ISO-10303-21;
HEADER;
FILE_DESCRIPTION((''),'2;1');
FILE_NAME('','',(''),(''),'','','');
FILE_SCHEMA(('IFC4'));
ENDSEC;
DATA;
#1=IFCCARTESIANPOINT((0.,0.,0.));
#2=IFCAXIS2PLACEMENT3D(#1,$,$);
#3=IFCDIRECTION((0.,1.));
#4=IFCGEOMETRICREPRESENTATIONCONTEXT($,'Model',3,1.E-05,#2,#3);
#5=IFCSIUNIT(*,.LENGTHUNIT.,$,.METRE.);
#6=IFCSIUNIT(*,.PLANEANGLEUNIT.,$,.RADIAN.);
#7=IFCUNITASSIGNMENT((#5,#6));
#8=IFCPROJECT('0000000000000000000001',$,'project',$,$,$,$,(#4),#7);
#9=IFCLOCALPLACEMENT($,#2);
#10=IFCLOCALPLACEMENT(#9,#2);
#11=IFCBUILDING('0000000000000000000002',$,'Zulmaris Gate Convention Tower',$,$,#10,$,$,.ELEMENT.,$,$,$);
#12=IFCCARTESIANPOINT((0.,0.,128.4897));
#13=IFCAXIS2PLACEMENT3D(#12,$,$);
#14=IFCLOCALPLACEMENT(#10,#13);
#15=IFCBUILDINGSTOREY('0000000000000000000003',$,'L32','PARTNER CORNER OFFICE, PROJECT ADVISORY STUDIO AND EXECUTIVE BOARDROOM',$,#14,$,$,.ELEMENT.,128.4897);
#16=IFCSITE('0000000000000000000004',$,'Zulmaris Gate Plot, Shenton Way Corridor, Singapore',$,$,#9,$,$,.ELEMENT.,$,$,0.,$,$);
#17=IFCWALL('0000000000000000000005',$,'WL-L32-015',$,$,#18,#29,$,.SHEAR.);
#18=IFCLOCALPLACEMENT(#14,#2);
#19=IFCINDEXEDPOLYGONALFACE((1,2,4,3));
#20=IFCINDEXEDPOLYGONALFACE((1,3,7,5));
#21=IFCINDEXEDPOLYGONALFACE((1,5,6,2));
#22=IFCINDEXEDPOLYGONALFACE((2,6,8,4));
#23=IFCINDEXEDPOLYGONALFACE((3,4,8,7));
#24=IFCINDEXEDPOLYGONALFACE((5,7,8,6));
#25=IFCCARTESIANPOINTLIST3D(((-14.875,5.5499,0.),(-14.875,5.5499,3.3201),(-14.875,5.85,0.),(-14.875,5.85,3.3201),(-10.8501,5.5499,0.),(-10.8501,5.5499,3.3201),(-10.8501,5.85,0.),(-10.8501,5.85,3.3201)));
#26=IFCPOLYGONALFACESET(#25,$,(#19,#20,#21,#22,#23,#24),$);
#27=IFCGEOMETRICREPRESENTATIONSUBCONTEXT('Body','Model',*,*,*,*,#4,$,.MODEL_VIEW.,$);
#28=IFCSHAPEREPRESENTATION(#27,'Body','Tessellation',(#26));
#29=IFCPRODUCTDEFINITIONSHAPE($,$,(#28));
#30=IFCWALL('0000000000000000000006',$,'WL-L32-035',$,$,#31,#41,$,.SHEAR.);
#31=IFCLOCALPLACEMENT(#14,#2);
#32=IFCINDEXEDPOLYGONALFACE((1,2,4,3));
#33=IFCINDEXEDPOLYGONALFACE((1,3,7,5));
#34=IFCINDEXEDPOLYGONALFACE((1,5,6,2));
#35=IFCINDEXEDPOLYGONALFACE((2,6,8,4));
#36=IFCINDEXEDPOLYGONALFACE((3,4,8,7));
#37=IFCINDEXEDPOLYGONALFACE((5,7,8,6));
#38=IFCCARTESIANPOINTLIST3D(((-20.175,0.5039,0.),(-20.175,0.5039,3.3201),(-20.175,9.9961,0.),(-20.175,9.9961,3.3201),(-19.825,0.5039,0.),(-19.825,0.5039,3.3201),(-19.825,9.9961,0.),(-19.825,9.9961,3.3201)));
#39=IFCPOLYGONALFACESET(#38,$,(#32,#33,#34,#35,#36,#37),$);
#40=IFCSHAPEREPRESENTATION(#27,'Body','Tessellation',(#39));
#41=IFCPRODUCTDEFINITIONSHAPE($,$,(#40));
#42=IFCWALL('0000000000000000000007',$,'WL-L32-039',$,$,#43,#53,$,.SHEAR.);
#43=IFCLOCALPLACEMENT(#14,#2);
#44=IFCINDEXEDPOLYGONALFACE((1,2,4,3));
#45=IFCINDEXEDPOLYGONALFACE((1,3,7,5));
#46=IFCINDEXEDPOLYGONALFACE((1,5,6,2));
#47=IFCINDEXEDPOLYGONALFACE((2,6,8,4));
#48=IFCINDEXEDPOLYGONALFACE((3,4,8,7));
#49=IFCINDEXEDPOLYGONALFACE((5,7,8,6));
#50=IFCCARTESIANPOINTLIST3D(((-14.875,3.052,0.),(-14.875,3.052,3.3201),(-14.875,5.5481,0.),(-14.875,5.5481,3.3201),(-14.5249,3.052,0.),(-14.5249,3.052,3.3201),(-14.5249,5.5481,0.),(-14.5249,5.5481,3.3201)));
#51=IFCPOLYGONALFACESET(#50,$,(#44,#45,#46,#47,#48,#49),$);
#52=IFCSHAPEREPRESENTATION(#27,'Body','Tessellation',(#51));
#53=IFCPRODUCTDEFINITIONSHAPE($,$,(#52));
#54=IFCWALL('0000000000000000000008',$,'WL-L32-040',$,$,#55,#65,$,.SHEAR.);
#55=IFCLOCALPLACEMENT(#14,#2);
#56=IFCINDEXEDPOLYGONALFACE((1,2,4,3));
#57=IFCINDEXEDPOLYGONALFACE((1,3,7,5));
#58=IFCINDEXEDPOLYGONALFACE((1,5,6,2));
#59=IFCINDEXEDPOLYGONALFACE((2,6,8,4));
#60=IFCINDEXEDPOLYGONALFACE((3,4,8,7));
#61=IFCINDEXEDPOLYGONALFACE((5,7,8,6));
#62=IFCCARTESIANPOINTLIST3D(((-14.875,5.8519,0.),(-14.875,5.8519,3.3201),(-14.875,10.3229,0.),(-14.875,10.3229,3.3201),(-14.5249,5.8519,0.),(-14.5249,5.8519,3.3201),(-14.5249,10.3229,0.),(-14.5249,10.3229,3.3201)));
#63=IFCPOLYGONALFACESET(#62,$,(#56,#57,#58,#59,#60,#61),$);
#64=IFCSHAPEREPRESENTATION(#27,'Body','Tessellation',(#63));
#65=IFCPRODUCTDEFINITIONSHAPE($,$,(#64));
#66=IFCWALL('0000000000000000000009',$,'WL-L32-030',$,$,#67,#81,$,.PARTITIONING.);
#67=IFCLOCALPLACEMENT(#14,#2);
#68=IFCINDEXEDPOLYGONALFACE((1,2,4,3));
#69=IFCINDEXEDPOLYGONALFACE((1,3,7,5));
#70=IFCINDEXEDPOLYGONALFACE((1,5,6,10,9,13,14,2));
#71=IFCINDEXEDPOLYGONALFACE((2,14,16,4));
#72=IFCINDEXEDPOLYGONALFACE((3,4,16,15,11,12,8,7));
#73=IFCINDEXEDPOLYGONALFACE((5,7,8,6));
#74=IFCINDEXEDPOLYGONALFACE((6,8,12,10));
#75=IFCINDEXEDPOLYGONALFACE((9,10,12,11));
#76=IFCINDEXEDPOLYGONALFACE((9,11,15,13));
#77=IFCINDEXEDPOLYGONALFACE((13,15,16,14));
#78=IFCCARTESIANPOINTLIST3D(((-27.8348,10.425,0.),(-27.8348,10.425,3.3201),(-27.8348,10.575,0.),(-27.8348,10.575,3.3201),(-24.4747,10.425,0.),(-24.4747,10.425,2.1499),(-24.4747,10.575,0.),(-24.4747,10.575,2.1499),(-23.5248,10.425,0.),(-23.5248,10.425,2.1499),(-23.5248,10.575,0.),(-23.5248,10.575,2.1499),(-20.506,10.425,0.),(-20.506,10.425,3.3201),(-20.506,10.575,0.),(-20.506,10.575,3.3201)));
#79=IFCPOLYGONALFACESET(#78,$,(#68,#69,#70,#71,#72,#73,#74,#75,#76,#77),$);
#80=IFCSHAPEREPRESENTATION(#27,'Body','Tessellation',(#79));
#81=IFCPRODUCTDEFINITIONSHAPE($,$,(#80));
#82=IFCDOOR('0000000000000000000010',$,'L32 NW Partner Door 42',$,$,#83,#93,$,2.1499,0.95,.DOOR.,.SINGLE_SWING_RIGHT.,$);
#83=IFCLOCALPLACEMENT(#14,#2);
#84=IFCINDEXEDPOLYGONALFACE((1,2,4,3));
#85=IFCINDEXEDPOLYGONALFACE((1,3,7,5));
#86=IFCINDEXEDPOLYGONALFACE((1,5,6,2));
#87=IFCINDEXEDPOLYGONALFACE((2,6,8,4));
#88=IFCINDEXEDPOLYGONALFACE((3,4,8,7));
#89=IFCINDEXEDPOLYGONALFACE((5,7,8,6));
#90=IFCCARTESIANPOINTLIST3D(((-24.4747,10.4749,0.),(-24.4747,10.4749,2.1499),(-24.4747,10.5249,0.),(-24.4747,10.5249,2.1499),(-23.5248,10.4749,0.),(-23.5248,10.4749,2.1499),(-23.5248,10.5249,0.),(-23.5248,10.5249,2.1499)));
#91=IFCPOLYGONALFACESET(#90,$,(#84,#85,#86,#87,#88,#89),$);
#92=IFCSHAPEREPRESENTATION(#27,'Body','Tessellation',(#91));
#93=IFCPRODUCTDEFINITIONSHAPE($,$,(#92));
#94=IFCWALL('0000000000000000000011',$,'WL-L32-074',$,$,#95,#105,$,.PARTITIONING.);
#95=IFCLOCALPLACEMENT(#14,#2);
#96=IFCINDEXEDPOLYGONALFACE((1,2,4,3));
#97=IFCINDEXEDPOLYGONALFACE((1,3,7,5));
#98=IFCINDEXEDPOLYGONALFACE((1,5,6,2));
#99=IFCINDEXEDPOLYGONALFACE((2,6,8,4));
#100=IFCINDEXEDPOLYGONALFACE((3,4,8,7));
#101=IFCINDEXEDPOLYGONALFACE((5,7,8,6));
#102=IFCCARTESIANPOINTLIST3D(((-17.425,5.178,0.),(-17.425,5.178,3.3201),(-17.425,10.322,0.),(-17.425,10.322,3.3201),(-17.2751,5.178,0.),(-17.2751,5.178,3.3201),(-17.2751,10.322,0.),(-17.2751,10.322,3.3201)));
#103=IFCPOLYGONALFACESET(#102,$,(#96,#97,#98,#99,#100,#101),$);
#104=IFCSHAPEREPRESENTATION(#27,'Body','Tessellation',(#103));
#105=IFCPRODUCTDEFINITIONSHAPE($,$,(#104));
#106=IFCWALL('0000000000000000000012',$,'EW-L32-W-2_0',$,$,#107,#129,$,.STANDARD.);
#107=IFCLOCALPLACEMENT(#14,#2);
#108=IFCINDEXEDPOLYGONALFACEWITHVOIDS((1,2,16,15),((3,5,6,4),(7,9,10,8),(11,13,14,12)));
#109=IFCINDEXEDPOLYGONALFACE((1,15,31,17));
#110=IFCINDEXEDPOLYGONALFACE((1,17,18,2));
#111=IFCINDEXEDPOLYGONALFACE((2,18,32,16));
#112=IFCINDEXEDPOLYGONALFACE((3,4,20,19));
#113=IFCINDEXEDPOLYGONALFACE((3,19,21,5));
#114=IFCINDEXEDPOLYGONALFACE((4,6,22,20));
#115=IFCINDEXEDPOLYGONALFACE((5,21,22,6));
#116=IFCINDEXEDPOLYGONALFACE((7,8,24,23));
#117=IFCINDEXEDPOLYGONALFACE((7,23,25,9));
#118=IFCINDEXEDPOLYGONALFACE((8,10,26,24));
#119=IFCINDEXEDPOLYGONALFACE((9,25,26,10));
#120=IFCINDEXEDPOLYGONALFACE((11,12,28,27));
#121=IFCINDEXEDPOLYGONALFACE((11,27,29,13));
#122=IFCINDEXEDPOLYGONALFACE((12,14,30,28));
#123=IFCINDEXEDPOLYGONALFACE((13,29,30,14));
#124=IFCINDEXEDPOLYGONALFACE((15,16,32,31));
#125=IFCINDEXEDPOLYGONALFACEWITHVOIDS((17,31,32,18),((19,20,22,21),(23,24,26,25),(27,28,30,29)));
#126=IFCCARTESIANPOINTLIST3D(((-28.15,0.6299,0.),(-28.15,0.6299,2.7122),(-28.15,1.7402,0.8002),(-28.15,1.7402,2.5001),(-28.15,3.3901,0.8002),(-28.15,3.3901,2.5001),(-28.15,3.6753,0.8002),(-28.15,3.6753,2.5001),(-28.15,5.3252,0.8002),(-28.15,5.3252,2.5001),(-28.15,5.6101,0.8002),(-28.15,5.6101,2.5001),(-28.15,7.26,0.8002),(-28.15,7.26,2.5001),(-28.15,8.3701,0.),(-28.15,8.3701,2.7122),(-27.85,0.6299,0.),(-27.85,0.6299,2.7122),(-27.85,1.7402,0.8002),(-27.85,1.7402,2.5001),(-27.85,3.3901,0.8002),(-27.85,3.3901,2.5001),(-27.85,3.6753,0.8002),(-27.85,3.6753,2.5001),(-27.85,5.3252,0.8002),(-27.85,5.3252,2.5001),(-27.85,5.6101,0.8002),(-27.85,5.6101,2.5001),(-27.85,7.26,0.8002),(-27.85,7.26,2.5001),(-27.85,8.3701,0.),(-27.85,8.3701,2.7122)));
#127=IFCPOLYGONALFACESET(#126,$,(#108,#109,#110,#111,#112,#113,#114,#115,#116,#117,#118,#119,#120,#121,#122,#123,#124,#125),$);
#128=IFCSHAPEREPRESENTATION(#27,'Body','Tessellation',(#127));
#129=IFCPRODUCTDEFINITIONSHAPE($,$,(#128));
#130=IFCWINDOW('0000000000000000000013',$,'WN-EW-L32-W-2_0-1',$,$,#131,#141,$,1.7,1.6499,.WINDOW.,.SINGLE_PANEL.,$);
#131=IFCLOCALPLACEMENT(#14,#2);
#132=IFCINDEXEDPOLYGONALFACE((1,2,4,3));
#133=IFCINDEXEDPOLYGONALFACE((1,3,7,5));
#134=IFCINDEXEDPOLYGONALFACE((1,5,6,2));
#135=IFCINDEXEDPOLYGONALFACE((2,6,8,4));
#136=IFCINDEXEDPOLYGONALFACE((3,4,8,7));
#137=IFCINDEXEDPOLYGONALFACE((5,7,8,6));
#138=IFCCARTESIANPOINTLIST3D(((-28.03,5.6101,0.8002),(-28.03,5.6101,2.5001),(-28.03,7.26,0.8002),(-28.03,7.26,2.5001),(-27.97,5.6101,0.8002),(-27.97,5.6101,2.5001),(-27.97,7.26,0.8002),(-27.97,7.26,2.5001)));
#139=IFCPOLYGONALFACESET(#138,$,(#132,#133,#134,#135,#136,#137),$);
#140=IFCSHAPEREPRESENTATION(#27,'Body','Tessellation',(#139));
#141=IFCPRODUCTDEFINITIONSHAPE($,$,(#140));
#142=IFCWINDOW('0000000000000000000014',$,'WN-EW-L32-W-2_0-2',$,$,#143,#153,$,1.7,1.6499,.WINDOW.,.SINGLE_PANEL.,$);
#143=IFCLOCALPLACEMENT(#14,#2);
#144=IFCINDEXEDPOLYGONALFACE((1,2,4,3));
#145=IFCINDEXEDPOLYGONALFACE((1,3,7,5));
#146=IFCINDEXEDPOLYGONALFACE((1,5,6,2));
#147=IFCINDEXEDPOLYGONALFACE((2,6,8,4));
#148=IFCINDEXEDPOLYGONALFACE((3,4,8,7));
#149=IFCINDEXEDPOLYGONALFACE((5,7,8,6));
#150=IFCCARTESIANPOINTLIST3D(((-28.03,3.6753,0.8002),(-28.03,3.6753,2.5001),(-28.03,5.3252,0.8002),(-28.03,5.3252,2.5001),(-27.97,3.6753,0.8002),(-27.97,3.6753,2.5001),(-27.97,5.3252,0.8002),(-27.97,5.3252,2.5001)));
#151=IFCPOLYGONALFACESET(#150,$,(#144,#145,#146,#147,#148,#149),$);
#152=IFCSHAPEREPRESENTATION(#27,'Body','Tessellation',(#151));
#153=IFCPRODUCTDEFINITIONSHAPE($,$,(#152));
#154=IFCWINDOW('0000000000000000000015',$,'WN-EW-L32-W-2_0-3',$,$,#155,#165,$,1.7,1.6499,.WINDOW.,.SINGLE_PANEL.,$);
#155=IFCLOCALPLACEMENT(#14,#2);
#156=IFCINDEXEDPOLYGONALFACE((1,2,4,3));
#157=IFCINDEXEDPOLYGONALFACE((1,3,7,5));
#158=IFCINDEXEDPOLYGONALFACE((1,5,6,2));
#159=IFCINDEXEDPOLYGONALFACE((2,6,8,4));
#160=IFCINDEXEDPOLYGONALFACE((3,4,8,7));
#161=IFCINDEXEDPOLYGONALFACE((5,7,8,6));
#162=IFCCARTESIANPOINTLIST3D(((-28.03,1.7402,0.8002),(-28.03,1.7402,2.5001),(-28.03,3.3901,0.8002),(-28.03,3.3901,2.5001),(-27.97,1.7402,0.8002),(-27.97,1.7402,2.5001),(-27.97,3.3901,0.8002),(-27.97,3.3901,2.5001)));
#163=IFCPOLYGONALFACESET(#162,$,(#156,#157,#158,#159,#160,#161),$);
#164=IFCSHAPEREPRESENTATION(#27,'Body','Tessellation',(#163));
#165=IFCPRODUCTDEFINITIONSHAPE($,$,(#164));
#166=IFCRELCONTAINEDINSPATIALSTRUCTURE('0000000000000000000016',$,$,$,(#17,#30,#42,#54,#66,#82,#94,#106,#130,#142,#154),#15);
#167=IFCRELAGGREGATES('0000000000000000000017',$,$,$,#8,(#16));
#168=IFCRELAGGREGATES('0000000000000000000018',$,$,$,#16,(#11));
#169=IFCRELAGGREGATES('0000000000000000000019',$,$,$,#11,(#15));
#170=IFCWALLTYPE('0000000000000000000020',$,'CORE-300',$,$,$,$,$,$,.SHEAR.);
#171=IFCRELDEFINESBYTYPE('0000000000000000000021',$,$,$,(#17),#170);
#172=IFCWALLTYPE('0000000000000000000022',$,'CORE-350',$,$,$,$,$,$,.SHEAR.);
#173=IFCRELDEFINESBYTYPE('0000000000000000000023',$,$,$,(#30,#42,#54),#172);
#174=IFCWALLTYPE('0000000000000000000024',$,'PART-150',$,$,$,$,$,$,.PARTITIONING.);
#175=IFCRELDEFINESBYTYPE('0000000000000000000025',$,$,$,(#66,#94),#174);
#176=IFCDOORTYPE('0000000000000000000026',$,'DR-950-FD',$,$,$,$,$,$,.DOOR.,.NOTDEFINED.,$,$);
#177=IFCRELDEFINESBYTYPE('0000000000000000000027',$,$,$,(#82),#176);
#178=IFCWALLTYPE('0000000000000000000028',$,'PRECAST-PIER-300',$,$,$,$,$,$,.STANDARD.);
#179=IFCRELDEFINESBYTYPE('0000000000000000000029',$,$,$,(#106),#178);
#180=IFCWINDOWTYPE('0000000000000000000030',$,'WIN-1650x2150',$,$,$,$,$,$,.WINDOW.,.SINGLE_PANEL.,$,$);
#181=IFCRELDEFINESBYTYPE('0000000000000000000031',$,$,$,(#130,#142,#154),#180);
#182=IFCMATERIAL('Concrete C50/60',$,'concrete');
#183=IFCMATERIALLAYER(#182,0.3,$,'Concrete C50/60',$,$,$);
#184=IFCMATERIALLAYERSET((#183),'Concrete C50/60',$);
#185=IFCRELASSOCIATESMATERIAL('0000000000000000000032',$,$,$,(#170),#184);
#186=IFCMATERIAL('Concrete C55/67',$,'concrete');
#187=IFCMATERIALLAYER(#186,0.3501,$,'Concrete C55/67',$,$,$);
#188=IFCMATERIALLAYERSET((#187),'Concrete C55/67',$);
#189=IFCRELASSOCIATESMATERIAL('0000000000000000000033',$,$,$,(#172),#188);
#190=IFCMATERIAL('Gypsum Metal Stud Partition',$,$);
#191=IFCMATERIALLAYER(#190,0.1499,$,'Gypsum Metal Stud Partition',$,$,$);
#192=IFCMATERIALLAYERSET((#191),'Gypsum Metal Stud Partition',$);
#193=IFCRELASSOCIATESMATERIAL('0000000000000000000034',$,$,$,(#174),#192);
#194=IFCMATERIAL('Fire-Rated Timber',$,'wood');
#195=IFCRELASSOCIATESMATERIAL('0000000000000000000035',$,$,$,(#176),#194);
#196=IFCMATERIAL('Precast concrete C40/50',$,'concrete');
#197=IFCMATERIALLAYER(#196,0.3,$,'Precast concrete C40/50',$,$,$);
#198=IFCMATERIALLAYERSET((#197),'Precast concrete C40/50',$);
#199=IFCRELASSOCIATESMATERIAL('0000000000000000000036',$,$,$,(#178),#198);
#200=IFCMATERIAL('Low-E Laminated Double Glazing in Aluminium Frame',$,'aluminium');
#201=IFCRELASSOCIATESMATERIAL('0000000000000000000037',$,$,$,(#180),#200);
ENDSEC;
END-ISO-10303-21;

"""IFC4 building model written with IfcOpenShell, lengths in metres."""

from ifc_helpers import new_model, si_unit, direction, frame, frame_2d, origin, place, context, subcontext, project, spatial, rectangle, extrude, material, layer, layer_set, type_object, element, fill, save


model = new_model("IFC4")

# Units and contexts
model_context = context("Model", 3, precision=1e-05, world=origin(), true_north=direction((0.0, 1.0)))
body_context = subcontext(model_context, "Body", "Model", "MODEL_VIEW")
ifc_project = project(units=[si_unit("LENGTHUNIT", "METRE"), si_unit("PLANEANGLEUNIT", "RADIAN")], contexts=[model_context])

# Site, building, storey
site_placement = place(None, origin())
site = spatial("IfcSite", under=ifc_project, at=site_placement, Name="Zulmaris Gate Plot, Shenton Way Corridor, Singapore", CompositionType="ELEMENT", RefElevation=0.0)
building_placement = place(site_placement, origin())
building = spatial("IfcBuilding", under=site, at=building_placement, Name="Zulmaris Gate Convention Tower", CompositionType="ELEMENT")
storey_placement = place(building_placement, frame((0.0, 0.0, 128.4897)))
storey = spatial("IfcBuildingStorey", under=building, at=storey_placement, Name="L32", Description="PARTNER CORNER OFFICE, PROJECT ADVISORY STUDIO AND EXECUTIVE BOARDROOM", CompositionType="ELEMENT", Elevation=128.4897)

# Shared definitions
ifc_material_1 = material(Name="Concrete C50/60", Category="concrete")

# Shared definitions
ifc_layer_1 = layer(ifc_material_1, 0.3, Name="Concrete C50/60")
ifc_layer_set_1 = layer_set([ifc_layer_1], Name="Concrete C50/60")
wall_type_1 = type_object("IfcWallType", Name="CORE-300", PredefinedType="SHEAR", material=ifc_layer_set_1)

# Wall
wall_1_placement = place(storey_placement, frame((-14.875, 5.7, 0.0), z_axis=(0.0, 0.0, 1.0), x_axis=(1.0, 0.0, 0.0)))
element("IfcWall", 1, at=wall_1_placement, inside=storey, type_object=wall_type_1, Name="WL-L32-015", PredefinedType="SHEAR", context=body_context, shape_type="SweptSolid", body=[
    extrude(rectangle(XDim=4.0249, YDim=0.3, at=frame_2d((2.0125, 0.0))), origin(), (0.0, 0.0, 1.0), 3.3201),
])

# Walls
ifc_material_2 = material(Name="Concrete C55/67", Category="concrete")
ifc_layer_2 = layer(ifc_material_2, 0.3501, Name="Concrete C55/67")
ifc_layer_set_2 = layer_set([ifc_layer_2], Name="Concrete C55/67")
wall_type_2 = type_object("IfcWallType", Name="CORE-350", PredefinedType="SHEAR", material=ifc_layer_set_2)
wall_2_placement = place(storey_placement, frame((-20.0, 0.5039, 0.0), z_axis=(0.0, 0.0, 1.0), x_axis=(0.0, 1.0, 0.0)))
element("IfcWall", 2, at=wall_2_placement, inside=storey, type_object=wall_type_2, Name="WL-L32-035", PredefinedType="SHEAR", context=body_context, shape_type="SweptSolid", body=[
    extrude(rectangle(XDim=9.4922, YDim=0.3501, at=frame_2d((4.7461, 0.0))), origin(), (0.0, 0.0, 1.0), 3.3201),
])
wall_3_placement = place(storey_placement, frame((-14.7, 3.052, 0.0), z_axis=(0.0, 0.0, 1.0), x_axis=(0.0, 1.0, 0.0)))
element("IfcWall", 3, at=wall_3_placement, inside=storey, type_object=wall_type_2, Name="WL-L32-039", PredefinedType="SHEAR", context=body_context, shape_type="SweptSolid", body=[
    extrude(rectangle(XDim=2.4961, YDim=0.3501, at=frame_2d((1.248, 0.0))), origin(), (0.0, 0.0, 1.0), 3.3201),
])
wall_4_placement = place(storey_placement, frame((-14.7, 5.8521, 0.0), z_axis=(0.0, 0.0, 1.0), x_axis=(0.0, 1.0, 0.0)))
element("IfcWall", 4, at=wall_4_placement, inside=storey, type_object=wall_type_2, Name="WL-L32-040", PredefinedType="SHEAR", context=body_context, shape_type="SweptSolid", body=[
    extrude(rectangle(XDim=4.4709, YDim=0.3501, at=frame_2d((2.2354, 0.0))), origin(), (0.0, 0.0, 1.0), 3.3201),
])

# Wall, opening, door
ifc_material_3 = material(Name="Gypsum Metal Stud Partition")
ifc_layer_3 = layer(ifc_material_3, 0.1499, Name="Gypsum Metal Stud Partition")
ifc_layer_set_3 = layer_set([ifc_layer_3], Name="Gypsum Metal Stud Partition")
wall_type_3 = type_object("IfcWallType", Name="PART-150", PredefinedType="PARTITIONING", material=ifc_layer_set_3)
ifc_material_4 = material(Name="Fire-Rated Timber", Category="wood")
door_type_1 = type_object("IfcDoorType", Name="DR-950-FD", OperationType="NOTDEFINED", PredefinedType="DOOR", material=ifc_material_4)
wall_5_placement = place(storey_placement, frame((-27.835, 10.5, 0.0), z_axis=(0.0, 0.0, 1.0), x_axis=(1.0, 0.0, 0.0)))
wall_5 = element("IfcWall", 5, at=wall_5_placement, inside=storey, type_object=wall_type_3, Name="WL-L32-030", PredefinedType="PARTITIONING", context=body_context, shape_type="SweptSolid", body=[
    extrude(rectangle(XDim=7.3289, YDim=0.1499, at=frame_2d((3.6646, 0.0))), origin(), (0.0, 0.0, 1.0), 3.3201),
])
opening_1_placement = place(wall_5_placement, frame((3.3601, 0.0, 0.0)))
opening_1 = element("IfcOpeningElement", 6, at=opening_1_placement, cuts=wall_5, PredefinedType="OPENING", context=body_context, shape_type="SweptSolid", body=[
    extrude(rectangle(XDim=0.95, YDim=2.1499, at=frame_2d((0.4751, 1.075))), frame((0.0, 0.085, 0.0), z_axis=(0.0, -1.0, 0.0), x_axis=(1.0, 0.0, 0.0)), (0.0, 0.0, 1.0), 0.1699),
])
door_1_placement = place(opening_1_placement, origin())
door_1 = element("IfcDoor", 7, at=door_1_placement, inside=storey, type_object=door_type_1, Name="L32 NW Partner Door 42", OperationType="SINGLE_SWING_RIGHT", OverallHeight=2.1499, OverallWidth=0.95, PredefinedType="DOOR", context=body_context, shape_type="SweptSolid", body=[
    extrude(rectangle(XDim=0.95, YDim=2.1499, at=frame_2d((0.4751, 1.075))), frame((0.0, 0.0249, 0.0), z_axis=(0.0, -1.0, 0.0), x_axis=(1.0, 0.0, 0.0)), (0.0, 0.0, 1.0), 0.05),
])
fill(opening_1, door_1)

# Wall
wall_6_placement = place(storey_placement, frame((-17.3501, 5.178, 0.0), z_axis=(0.0, 0.0, 1.0), x_axis=(0.0, 1.0, 0.0)))
element("IfcWall", 8, at=wall_6_placement, inside=storey, type_object=wall_type_3, Name="WL-L32-074", PredefinedType="PARTITIONING", context=body_context, shape_type="SweptSolid", body=[
    extrude(rectangle(XDim=5.144, YDim=0.1499, at=frame_2d((2.572, 0.0))), origin(), (0.0, 0.0, 1.0), 3.3201),
])

# Wall, openings, windows
ifc_material_5 = material(Name="Precast concrete C40/50", Category="concrete")
ifc_layer_4 = layer(ifc_material_5, 0.3, Name="Precast concrete C40/50")
ifc_layer_set_4 = layer_set([ifc_layer_4], Name="Precast concrete C40/50")
wall_type_4 = type_object("IfcWallType", Name="PRECAST-PIER-300", PredefinedType="STANDARD", material=ifc_layer_set_4)
wall_7_placement = place(storey_placement, frame((-28.0, 8.3701, 0.0), z_axis=(0.0, 0.0, 1.0), x_axis=(0.0, -1.0, 0.0)))
wall_7 = element("IfcWall", 9, at=wall_7_placement, inside=storey, type_object=wall_type_4, Name="EW-L32-W-2_0", PredefinedType="STANDARD", context=body_context, shape_type="SweptSolid", body=[
    extrude(rectangle(XDim=7.7402, YDim=0.3, at=frame_2d((3.8701, 0.0))), origin(), (0.0, 0.0, 1.0), 2.7122),
])
opening_2_placement = place(wall_7_placement, frame((1.1101, 0.0, 0.8)))
opening_2 = element("IfcOpeningElement", 10, at=opening_2_placement, cuts=wall_7, PredefinedType="OPENING", context=body_context, shape_type="SweptSolid", body=[
    extrude(rectangle(XDim=1.6499, YDim=1.7, at=frame_2d((0.825, 0.8501))), frame((0.0, 0.1602, 0.0), z_axis=(0.0, -1.0, 0.0), x_axis=(1.0, 0.0, 0.0)), (0.0, 0.0, 1.0), 0.3201),
])
opening_3_placement = place(wall_7_placement, frame((3.0449, 0.0, 0.8)))
opening_3 = element("IfcOpeningElement", 11, at=opening_3_placement, cuts=wall_7, PredefinedType="OPENING", context=body_context, shape_type="SweptSolid", body=[
    extrude(rectangle(XDim=1.6499, YDim=1.7, at=frame_2d((0.825, 0.8501))), frame((0.0, 0.1602, 0.0), z_axis=(0.0, -1.0, 0.0), x_axis=(1.0, 0.0, 0.0)), (0.0, 0.0, 1.0), 0.3201),
])
opening_4_placement = place(wall_7_placement, frame((4.98, 0.0, 0.8)))
opening_4 = element("IfcOpeningElement", 12, at=opening_4_placement, cuts=wall_7, PredefinedType="OPENING", context=body_context, shape_type="SweptSolid", body=[
    extrude(rectangle(XDim=1.6499, YDim=1.7, at=frame_2d((0.825, 0.8501))), frame((0.0, 0.1602, 0.0), z_axis=(0.0, -1.0, 0.0), x_axis=(1.0, 0.0, 0.0)), (0.0, 0.0, 1.0), 0.3201),
])
ifc_material_6 = material(Name="Low-E Laminated Double Glazing in Aluminium Frame", Category="aluminium")
window_type = type_object("IfcWindowType", Name="WIN-1650x2150", PartitioningType="SINGLE_PANEL", PredefinedType="WINDOW", material=ifc_material_6)
window_1_placement = place(opening_2_placement, origin())
window_1 = element("IfcWindow", 13, at=window_1_placement, inside=storey, type_object=window_type, Name="WN-EW-L32-W-2_0-1", OverallHeight=1.7, OverallWidth=1.6499, PartitioningType="SINGLE_PANEL", PredefinedType="WINDOW", context=body_context, shape_type="SweptSolid", body=[
    extrude(rectangle(XDim=1.6499, YDim=1.7, at=frame_2d((0.825, 0.8501))), frame((0.0, 0.03, 0.0), z_axis=(0.0, -1.0, 0.0), x_axis=(1.0, 0.0, 0.0)), (0.0, 0.0, 1.0), 0.0601),
])
fill(opening_2, window_1)
window_2_placement = place(opening_3_placement, origin())
window_2 = element("IfcWindow", 14, at=window_2_placement, inside=storey, type_object=window_type, Name="WN-EW-L32-W-2_0-2", OverallHeight=1.7, OverallWidth=1.6499, PartitioningType="SINGLE_PANEL", PredefinedType="WINDOW", context=body_context, shape_type="SweptSolid", body=[
    extrude(rectangle(XDim=1.6499, YDim=1.7, at=frame_2d((0.825, 0.8501))), frame((0.0, 0.03, 0.0), z_axis=(0.0, -1.0, 0.0), x_axis=(1.0, 0.0, 0.0)), (0.0, 0.0, 1.0), 0.0601),
])
fill(opening_3, window_2)
window_3_placement = place(opening_4_placement, origin())
window_3 = element("IfcWindow", 15, at=window_3_placement, inside=storey, type_object=window_type, Name="WN-EW-L32-W-2_0-3", OverallHeight=1.7, OverallWidth=1.6499, PartitioningType="SINGLE_PANEL", PredefinedType="WINDOW", context=body_context, shape_type="SweptSolid", body=[
    extrude(rectangle(XDim=1.6499, YDim=1.7, at=frame_2d((0.825, 0.8501))), frame((0.0, 0.03, 0.0), z_axis=(0.0, -1.0, 0.0), x_axis=(1.0, 0.0, 0.0)), (0.0, 0.0, 1.0), 0.0601),
])
fill(opening_4, window_3)

save(model, "model.ifc")
